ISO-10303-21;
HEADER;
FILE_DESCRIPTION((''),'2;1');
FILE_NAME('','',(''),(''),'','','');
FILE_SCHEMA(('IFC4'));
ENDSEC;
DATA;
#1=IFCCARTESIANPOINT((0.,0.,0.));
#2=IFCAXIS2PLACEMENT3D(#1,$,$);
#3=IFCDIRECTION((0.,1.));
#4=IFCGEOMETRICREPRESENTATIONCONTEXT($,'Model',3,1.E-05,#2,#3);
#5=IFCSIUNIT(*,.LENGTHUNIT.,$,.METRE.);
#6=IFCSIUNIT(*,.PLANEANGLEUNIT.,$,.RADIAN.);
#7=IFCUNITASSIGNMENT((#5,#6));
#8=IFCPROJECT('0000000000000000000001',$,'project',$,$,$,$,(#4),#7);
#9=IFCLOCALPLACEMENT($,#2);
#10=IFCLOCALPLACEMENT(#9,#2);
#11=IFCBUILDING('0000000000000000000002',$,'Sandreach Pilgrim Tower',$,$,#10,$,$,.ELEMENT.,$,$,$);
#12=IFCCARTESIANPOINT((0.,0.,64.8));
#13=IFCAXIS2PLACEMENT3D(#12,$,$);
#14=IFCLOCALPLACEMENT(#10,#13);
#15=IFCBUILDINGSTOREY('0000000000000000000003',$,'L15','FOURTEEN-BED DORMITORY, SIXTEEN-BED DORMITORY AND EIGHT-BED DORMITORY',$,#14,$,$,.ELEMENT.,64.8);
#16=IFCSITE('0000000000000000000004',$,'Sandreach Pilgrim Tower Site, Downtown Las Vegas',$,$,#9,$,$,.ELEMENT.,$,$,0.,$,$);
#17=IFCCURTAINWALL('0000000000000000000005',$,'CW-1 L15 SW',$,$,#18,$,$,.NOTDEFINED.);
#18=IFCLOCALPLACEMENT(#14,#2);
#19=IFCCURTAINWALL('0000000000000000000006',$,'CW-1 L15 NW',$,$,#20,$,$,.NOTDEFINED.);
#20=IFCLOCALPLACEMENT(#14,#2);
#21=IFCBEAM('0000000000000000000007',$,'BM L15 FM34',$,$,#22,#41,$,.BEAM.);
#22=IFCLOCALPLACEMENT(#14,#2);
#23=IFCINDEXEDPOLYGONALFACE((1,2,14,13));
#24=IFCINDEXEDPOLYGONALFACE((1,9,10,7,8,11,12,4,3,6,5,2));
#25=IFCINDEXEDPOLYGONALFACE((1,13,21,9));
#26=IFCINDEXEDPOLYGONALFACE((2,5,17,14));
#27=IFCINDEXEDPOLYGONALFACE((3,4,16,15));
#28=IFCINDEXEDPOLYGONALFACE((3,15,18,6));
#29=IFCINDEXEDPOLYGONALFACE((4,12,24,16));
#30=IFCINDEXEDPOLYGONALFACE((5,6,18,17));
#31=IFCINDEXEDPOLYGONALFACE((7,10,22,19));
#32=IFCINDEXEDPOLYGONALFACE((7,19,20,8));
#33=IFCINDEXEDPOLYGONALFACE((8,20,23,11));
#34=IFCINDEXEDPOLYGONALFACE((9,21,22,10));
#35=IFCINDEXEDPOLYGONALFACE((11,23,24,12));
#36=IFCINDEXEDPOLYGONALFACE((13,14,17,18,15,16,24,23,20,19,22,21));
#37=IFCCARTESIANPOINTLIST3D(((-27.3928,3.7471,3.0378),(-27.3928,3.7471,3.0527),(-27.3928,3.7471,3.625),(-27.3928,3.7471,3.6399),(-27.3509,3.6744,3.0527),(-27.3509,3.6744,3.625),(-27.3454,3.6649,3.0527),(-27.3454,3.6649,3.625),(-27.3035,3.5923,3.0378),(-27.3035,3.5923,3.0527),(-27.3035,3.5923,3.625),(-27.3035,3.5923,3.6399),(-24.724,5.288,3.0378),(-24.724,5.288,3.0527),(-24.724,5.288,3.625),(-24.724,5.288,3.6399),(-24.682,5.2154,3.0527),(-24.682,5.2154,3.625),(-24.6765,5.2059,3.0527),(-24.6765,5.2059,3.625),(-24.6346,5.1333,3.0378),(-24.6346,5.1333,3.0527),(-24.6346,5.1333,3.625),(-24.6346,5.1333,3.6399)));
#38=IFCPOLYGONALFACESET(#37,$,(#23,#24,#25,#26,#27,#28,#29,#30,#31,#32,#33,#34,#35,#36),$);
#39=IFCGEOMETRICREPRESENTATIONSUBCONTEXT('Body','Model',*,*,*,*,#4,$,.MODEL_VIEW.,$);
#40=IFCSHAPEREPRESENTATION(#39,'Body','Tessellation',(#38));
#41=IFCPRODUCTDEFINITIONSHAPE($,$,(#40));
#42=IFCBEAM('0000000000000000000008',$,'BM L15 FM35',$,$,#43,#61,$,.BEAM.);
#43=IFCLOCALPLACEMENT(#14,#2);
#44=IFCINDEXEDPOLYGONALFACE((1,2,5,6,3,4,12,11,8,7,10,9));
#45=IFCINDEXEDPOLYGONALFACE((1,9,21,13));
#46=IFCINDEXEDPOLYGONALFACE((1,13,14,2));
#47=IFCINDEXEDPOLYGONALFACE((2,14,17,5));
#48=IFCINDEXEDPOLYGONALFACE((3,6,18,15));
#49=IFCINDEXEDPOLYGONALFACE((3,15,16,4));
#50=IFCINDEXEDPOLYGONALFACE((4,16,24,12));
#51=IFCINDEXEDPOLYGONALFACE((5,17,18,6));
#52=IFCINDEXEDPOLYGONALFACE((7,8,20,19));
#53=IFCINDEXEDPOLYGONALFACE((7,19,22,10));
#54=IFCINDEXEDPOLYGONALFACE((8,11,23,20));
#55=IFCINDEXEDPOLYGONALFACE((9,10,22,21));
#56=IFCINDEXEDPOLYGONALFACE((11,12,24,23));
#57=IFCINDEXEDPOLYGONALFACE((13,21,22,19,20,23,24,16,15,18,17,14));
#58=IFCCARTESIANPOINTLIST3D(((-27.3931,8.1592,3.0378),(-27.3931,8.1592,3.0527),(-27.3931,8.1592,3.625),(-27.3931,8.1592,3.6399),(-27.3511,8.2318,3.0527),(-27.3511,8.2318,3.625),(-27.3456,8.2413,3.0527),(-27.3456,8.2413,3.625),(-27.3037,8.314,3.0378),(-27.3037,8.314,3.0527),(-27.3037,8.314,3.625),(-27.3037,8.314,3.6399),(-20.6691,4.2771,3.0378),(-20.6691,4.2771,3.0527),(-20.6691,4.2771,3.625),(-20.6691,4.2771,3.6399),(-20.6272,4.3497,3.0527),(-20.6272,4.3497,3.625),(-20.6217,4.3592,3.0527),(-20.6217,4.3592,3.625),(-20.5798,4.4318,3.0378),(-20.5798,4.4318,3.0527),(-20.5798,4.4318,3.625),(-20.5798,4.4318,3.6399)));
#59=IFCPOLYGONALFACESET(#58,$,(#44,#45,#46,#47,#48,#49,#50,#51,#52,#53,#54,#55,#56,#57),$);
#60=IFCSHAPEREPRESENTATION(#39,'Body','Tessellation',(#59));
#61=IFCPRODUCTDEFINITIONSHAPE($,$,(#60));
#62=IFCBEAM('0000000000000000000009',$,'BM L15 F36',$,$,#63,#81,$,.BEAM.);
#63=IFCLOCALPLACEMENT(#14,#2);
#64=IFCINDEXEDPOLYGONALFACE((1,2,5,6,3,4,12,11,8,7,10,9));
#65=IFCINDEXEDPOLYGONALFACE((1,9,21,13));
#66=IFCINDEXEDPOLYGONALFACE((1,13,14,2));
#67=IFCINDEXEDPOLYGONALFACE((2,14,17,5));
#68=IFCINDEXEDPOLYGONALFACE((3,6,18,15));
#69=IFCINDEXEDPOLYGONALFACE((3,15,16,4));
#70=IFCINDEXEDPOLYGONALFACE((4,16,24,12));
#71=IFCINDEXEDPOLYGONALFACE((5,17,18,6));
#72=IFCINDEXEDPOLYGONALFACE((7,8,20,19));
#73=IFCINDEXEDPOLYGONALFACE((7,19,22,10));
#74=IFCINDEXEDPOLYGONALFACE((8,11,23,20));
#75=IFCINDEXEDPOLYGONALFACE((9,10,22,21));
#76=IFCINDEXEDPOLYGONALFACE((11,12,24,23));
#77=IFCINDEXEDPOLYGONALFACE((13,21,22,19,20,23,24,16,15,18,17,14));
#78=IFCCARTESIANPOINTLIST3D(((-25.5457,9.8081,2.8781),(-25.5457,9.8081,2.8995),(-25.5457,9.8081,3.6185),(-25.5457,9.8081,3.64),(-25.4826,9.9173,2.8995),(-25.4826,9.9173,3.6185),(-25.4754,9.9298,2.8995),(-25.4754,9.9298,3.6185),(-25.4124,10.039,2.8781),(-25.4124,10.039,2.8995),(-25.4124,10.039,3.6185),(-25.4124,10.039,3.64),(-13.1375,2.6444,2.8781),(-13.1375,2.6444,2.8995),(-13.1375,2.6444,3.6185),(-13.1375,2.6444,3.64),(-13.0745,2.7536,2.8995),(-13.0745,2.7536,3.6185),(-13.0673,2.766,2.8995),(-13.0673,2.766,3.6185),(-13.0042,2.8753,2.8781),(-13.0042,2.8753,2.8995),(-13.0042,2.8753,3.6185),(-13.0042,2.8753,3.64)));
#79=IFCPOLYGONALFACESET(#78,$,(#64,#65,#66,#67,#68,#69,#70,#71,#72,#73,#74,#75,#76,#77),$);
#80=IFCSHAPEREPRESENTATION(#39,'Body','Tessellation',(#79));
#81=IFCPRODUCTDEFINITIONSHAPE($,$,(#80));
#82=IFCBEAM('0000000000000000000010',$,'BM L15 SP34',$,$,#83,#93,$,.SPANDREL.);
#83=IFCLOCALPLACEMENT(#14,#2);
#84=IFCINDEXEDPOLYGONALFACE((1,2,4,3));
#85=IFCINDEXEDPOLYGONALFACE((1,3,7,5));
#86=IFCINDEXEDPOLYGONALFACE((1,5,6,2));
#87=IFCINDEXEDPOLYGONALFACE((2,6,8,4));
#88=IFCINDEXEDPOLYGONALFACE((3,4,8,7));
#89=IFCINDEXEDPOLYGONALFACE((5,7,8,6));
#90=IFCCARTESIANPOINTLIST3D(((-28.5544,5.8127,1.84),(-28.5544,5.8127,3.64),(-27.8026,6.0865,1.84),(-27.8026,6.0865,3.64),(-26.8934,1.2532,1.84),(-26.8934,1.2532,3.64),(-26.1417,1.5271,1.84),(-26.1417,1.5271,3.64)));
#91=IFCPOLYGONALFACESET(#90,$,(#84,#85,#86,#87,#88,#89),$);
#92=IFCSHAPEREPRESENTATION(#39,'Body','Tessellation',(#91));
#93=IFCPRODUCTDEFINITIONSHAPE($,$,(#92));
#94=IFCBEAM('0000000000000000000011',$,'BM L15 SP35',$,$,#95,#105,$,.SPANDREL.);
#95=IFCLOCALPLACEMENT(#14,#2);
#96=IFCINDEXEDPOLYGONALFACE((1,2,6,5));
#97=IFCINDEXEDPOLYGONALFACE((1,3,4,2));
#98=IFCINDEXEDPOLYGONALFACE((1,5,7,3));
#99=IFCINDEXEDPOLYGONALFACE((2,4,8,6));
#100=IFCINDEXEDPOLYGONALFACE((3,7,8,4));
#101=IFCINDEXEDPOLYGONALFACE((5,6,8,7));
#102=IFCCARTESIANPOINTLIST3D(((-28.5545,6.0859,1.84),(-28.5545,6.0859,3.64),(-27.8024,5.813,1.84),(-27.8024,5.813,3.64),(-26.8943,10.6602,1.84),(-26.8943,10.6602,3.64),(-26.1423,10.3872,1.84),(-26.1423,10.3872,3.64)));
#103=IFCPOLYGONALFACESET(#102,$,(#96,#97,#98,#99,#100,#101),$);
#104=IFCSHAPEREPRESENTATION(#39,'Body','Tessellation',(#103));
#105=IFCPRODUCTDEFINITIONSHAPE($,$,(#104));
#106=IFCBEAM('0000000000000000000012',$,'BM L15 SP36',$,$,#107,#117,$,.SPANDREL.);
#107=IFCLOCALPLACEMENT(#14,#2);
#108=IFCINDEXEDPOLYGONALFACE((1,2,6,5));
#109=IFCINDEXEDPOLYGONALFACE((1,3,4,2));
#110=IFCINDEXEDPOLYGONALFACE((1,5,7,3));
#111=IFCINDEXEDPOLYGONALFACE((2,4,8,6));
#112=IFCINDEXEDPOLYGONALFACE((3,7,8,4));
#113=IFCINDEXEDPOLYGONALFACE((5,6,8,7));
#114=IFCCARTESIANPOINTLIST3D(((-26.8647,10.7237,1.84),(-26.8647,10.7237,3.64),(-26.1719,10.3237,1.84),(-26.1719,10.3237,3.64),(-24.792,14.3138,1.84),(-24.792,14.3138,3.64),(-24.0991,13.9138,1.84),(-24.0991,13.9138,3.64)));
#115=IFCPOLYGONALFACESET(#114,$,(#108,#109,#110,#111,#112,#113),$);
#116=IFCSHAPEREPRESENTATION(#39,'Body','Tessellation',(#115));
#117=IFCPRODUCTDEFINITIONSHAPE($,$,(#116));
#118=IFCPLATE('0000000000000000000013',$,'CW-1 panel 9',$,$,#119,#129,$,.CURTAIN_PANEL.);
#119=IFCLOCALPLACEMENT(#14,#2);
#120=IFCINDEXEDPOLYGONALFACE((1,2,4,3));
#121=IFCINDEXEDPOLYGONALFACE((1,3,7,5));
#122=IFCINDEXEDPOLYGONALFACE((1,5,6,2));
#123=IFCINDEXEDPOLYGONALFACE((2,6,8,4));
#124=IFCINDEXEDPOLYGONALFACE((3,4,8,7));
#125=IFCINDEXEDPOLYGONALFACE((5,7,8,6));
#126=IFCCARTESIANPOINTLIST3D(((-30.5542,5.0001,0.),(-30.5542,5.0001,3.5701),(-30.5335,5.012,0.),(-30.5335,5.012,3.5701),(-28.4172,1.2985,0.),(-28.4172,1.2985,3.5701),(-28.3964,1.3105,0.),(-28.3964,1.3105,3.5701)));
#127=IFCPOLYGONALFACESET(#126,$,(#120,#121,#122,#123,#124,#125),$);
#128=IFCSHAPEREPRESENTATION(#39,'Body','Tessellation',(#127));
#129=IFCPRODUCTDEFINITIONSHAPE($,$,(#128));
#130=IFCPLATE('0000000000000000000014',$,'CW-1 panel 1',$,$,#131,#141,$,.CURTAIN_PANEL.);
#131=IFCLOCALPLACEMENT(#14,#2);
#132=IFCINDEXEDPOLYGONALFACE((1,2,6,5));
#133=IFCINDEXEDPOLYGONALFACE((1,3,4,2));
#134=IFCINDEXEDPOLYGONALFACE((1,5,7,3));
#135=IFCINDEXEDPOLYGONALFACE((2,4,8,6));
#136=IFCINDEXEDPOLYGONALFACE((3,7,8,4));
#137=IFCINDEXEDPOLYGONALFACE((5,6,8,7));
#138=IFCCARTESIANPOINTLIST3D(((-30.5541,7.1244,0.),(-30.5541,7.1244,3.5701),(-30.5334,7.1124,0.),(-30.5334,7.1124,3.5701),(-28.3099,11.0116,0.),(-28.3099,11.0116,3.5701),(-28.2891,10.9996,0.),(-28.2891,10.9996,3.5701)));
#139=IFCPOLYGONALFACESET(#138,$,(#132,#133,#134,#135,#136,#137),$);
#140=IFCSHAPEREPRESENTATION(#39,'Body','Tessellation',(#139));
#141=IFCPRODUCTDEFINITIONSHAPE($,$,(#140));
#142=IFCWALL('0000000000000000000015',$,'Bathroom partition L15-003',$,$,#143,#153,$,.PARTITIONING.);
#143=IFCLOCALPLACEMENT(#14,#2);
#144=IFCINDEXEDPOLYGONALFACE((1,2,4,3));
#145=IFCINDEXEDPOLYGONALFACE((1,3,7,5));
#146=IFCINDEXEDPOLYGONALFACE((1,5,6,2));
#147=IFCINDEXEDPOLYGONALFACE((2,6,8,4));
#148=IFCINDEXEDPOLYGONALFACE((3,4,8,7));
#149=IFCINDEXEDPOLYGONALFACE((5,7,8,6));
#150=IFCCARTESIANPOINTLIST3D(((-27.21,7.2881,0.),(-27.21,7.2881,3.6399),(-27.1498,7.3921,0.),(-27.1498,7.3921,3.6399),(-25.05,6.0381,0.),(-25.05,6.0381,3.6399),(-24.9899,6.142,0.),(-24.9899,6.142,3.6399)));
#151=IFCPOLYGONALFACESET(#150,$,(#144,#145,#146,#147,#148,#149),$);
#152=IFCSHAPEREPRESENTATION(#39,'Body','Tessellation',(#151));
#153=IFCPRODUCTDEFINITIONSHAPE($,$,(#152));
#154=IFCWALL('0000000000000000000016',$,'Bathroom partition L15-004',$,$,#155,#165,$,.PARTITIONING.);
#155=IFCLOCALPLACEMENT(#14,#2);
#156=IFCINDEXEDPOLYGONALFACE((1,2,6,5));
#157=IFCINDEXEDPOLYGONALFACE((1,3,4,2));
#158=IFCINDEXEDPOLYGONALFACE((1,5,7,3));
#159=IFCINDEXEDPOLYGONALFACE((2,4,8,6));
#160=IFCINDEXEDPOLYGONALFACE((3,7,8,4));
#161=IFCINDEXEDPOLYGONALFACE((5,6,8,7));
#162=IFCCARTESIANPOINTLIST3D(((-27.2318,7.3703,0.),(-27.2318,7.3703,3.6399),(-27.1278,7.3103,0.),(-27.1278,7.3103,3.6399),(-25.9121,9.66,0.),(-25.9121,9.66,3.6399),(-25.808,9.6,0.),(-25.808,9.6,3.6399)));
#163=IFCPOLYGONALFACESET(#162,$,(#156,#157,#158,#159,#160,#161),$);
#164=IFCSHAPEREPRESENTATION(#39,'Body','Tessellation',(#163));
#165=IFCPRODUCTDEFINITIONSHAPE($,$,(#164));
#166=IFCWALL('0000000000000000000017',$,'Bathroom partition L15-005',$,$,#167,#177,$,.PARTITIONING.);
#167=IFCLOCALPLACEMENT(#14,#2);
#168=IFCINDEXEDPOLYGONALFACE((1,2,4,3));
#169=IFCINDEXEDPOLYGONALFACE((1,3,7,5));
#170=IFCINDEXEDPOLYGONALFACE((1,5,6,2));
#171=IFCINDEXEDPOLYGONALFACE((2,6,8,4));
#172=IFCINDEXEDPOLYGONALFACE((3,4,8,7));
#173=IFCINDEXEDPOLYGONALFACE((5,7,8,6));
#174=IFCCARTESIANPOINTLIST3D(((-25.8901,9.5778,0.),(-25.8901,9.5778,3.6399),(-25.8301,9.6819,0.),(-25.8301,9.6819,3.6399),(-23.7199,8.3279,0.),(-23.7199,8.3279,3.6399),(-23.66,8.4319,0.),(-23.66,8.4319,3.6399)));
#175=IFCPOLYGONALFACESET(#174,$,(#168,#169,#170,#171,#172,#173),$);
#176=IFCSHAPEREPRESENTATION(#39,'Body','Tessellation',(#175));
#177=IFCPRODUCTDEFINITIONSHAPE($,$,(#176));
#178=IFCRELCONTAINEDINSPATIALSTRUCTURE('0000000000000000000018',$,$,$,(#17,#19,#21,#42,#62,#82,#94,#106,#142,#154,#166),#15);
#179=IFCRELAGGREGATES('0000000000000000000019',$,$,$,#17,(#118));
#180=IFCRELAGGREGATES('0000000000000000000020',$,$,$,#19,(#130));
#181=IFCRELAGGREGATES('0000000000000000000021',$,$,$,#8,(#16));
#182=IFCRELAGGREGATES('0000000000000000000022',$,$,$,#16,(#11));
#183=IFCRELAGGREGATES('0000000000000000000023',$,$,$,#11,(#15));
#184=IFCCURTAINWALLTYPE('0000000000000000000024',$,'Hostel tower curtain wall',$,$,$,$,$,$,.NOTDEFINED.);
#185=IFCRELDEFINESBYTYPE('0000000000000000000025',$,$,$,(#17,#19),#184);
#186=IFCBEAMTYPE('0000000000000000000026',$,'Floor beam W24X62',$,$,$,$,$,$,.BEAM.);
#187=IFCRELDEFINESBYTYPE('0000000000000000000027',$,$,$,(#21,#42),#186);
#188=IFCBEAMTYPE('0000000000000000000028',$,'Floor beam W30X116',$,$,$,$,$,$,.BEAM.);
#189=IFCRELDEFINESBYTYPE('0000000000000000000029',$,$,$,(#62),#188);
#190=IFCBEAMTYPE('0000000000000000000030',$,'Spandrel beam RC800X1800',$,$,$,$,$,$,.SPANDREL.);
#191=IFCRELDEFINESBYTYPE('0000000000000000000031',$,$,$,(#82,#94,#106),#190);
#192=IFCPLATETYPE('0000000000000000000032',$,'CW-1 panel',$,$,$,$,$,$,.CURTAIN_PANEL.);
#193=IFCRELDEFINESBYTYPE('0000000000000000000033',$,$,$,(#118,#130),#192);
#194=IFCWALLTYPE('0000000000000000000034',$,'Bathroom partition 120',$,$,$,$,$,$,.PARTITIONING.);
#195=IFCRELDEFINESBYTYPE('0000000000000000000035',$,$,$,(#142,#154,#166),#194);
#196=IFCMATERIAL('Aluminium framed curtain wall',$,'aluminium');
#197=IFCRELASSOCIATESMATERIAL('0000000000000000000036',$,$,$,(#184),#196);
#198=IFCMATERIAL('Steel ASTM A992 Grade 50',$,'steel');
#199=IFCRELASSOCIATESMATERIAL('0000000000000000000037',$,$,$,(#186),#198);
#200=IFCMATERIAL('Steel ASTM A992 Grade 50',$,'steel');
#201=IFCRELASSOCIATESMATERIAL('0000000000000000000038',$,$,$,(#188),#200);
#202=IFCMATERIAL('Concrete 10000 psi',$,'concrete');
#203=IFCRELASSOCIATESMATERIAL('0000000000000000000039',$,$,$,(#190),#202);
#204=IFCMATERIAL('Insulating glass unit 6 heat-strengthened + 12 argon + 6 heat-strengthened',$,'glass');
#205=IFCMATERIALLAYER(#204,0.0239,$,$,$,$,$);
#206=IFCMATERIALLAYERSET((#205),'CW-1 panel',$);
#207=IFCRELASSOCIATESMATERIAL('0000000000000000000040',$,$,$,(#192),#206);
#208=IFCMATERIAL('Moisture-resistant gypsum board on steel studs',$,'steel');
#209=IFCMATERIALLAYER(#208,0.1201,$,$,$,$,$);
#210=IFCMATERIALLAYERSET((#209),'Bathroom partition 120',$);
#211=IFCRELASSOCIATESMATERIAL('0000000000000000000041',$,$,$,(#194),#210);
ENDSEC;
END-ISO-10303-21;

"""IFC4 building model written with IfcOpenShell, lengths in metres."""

from ifc_helpers import new_model, si_unit, direction, frame, frame_2d, origin, origin_2d, place, context, subcontext, project, spatial, rectangle, i_section, extrude, material, layer, layer_set, material_profile, profile_set, type_object, element, aggregate, save


model = new_model("IFC4")

# Units and contexts
model_context = context("Model", 3, precision=1e-05, world=origin(), true_north=direction((0.0, 1.0)))
body_context = subcontext(model_context, "Body", "Model", "MODEL_VIEW")
ifc_project = project(units=[si_unit("LENGTHUNIT", "METRE"), si_unit("PLANEANGLEUNIT", "RADIAN")], contexts=[model_context])

# Site, building, storey
site_placement = place(None, origin())
site = spatial("IfcSite", under=ifc_project, at=site_placement, Name="Sandreach Pilgrim Tower Site, Downtown Las Vegas", CompositionType="ELEMENT", RefElevation=0.0)
building_placement = place(site_placement, origin())
building = spatial("IfcBuilding", under=site, at=building_placement, Name="Sandreach Pilgrim Tower", CompositionType="ELEMENT")
storey_placement = place(building_placement, frame((0.0, 0.0, 64.8)))
storey = spatial("IfcBuildingStorey", under=building, at=storey_placement, Name="L15", Description="FOURTEEN-BED DORMITORY, SIXTEEN-BED DORMITORY AND EIGHT-BED DORMITORY", CompositionType="ELEMENT", Elevation=64.8)

# Curtain wall
ifc_material_1 = material(Name="Aluminium framed curtain wall", Category="aluminium")
curtain_wall_type = type_object("IfcCurtainWallType", Name="Hostel tower curtain wall", PredefinedType="NOTDEFINED", material=ifc_material_1)
curtain_wall_1_placement = place(storey_placement, origin())
curtain_wall_1 = element("IfcCurtainWall", 1, at=curtain_wall_1_placement, inside=storey, type_object=curtain_wall_type, Name="CW-1 L15 SW", PredefinedType="NOTDEFINED")

# Curtain wall
curtain_wall_2_placement = place(storey_placement, origin())
curtain_wall_2 = element("IfcCurtainWall", 2, at=curtain_wall_2_placement, inside=storey, type_object=curtain_wall_type, Name="CW-1 L15 NW", PredefinedType="NOTDEFINED")

# Beams
ifc_material_2 = material(Name="Steel ASTM A992 Grade 50", Category="steel")
ifc_material_profile_1 = material_profile(ifc_material_2, i_section(OverallWidth=0.1787, OverallDepth=0.6021, WebThickness=0.011, FlangeThickness=0.0149, at=origin_2d()), Name="W24X62")
ifc_profile_set_1 = profile_set([ifc_material_profile_1], Name="Steel ASTM A992 Grade 50")
beam_type_1 = type_object("IfcBeamType", Name="Floor beam W24X62", PredefinedType="BEAM", material=ifc_profile_set_1)
beam_1_placement = place(storey_placement, frame((-27.3481, 3.6697, 3.3389), z_axis=(0.866011, 0.500024, 0.0), x_axis=(-0.500024, 0.866011, 0.0)))
element("IfcBeam", 3, at=beam_1_placement, inside=storey, type_object=beam_type_1, Name="BM L15 FM34", PredefinedType="BEAM", context=body_context, shape_type="SweptSolid", body=[
    extrude(i_section(OverallWidth=0.1787, OverallDepth=0.6021, WebThickness=0.011, FlangeThickness=0.0149, at=origin_2d()), origin(), (0.0, 0.0, 1.0), 3.0818),
])
beam_2_placement = place(storey_placement, frame((-27.3484, 8.2366, 3.3389), z_axis=(0.866023, -0.500005, 0.0), x_axis=(0.500005, 0.866023, 0.0)))
element("IfcBeam", 4, at=beam_2_placement, inside=storey, type_object=beam_type_1, Name="BM L15 FM35", PredefinedType="BEAM", context=body_context, shape_type="SweptSolid", body=[
    extrude(i_section(OverallWidth=0.1787, OverallDepth=0.6021, WebThickness=0.011, FlangeThickness=0.0149, at=origin_2d()), origin(), (0.0, 0.0, 1.0), 7.7642),
])
ifc_material_3 = material(Name="Steel ASTM A992 Grade 50", Category="steel")
ifc_material_profile_2 = material_profile(ifc_material_3, i_section(OverallWidth=0.2666, OverallDepth=0.762, WebThickness=0.0144, FlangeThickness=0.0215, at=origin_2d()), Name="W30X116")
ifc_profile_set_2 = profile_set([ifc_material_profile_2], Name="Steel ASTM A992 Grade 50")
beam_type_2 = type_object("IfcBeamType", Name="Floor beam W30X116", PredefinedType="BEAM", material=ifc_profile_set_2)
beam_3_placement = place(storey_placement, frame((-25.479, 9.9236, 3.259), z_axis=(0.866027, -0.499997, 0.0), x_axis=(0.499997, 0.866027, 0.0)))
element("IfcBeam", 5, at=beam_3_placement, inside=storey, type_object=beam_type_2, Name="BM L15 F36", PredefinedType="BEAM", context=body_context, shape_type="SweptSolid", body=[
    extrude(i_section(OverallWidth=0.2666, OverallDepth=0.762, WebThickness=0.0144, FlangeThickness=0.0215, at=origin_2d()), origin(), (0.0, 0.0, 1.0), 14.3276),
])
ifc_material_4 = material(Name="Concrete 10000 psi", Category="concrete")
ifc_material_profile_3 = material_profile(ifc_material_4, rectangle(XDim=0.8, YDim=1.8, at=origin_2d()), Name="RC800X1800")
ifc_profile_set_3 = profile_set([ifc_material_profile_3], Name="Concrete 10000 psi")
beam_type_3 = type_object("IfcBeamType", Name="Spandrel beam RC800X1800", PredefinedType="SPANDREL", material=ifc_profile_set_3)
beam_4_placement = place(storey_placement, frame((-26.5176, 1.3901, 2.74), z_axis=(-0.34228, 0.939598, 0.0), x_axis=(-0.939598, -0.34228, 0.0)))
element("IfcBeam", 6, at=beam_4_placement, inside=storey, type_object=beam_type_3, Name="BM L15 SP34", PredefinedType="SPANDREL", context=body_context, shape_type="SweptSolid", body=[
    extrude(rectangle(XDim=0.8, YDim=1.8, at=origin_2d()), origin(), (0.0, 0.0, 1.0), 4.8525),
])
beam_5_placement = place(storey_placement, frame((-28.1785, 5.9495, 2.74), z_axis=(0.341163, 0.940004, 0.0), x_axis=(-0.940004, 0.341163, 0.0)))
element("IfcBeam", 7, at=beam_5_placement, inside=storey, type_object=beam_type_3, Name="BM L15 SP35", PredefinedType="SPANDREL", context=body_context, shape_type="SweptSolid", body=[
    extrude(rectangle(XDim=0.8, YDim=1.8, at=origin_2d()), origin(), (0.0, 0.0, 1.0), 4.8662),
])
beam_6_placement = place(storey_placement, frame((-26.5183, 10.5237, 2.74), z_axis=(0.500003, 0.866024, 0.0), x_axis=(-0.866024, 0.500003, 0.0)))
element("IfcBeam", 8, at=beam_6_placement, inside=storey, type_object=beam_type_3, Name="BM L15 SP36", PredefinedType="SPANDREL", context=body_context, shape_type="SweptSolid", body=[
    extrude(rectangle(XDim=0.8, YDim=1.8, at=origin_2d()), origin(), (0.0, 0.0, 1.0), 4.1455),
])

# Plates
ifc_material_5 = material(Name="Insulating glass unit 6 heat-strengthened + 12 argon + 6 heat-strengthened", Category="glass")
ifc_layer_1 = layer(ifc_material_5, 0.0239)
ifc_layer_set_1 = layer_set([ifc_layer_1], Name="CW-1 panel")
plate_type = type_object("IfcPlateType", Name="CW-1 panel", PredefinedType="CURTAIN_PANEL", material=ifc_layer_set_1)
plate_1_placement = place(storey_placement, frame((-29.4753, 3.1553, 0.0), z_axis=(0.0, 0.0, 1.0), x_axis=(-0.5, 0.866025, 0.0)))
plate_1 = element("IfcPlate", 9, at=plate_1_placement, type_object=plate_type, Name="CW-1 panel 9", PredefinedType="CURTAIN_PANEL", context=body_context, shape_type="SweptSolid", body=[
    extrude(rectangle(XDim=4.2742, YDim=0.0239, at=origin_2d()), origin(), (0.0, 0.0, 1.0), 3.5701),
])
aggregate(curtain_wall_1, [plate_1])
plate_2_placement = place(storey_placement, frame((-29.4216, 9.062, 0.0), z_axis=(0.0, 0.0, 1.0), x_axis=(0.5, 0.866025, 0.0)))
plate_2 = element("IfcPlate", 10, at=plate_2_placement, type_object=plate_type, Name="CW-1 panel 1", PredefinedType="CURTAIN_PANEL", context=body_context, shape_type="SweptSolid", body=[
    extrude(rectangle(XDim=4.4885, YDim=0.0239, at=origin_2d()), origin(), (0.0, 0.0, 1.0), 3.5701),
])
aggregate(curtain_wall_2, [plate_2])

# Walls
ifc_material_6 = material(Name="Moisture-resistant gypsum board on steel studs", Category="steel")
ifc_layer_2 = layer(ifc_material_6, 0.1201)
ifc_layer_set_2 = layer_set([ifc_layer_2], Name="Bathroom partition 120")
wall_type_1 = type_object("IfcWallType", Name="Bathroom partition 120", PredefinedType="PARTITIONING", material=ifc_layer_set_2)
wall_1_placement = place(storey_placement, frame((-27.1799, 7.3401, 0.0), z_axis=(0.0, 0.0, 1.0), x_axis=(0.865509, -0.500894, 0.0)))
element("IfcWall", 11, at=wall_1_placement, inside=storey, type_object=wall_type_1, Name="Bathroom partition L15-003", PredefinedType="PARTITIONING", context=body_context, shape_type="SweptSolid", body=[
    extrude(rectangle(XDim=2.4956, YDim=0.1201, at=frame_2d((1.2478, 0.0))), origin(), (0.0, 0.0, 1.0), 3.6399),
])
wall_2_placement = place(storey_placement, frame((-25.8601, 9.6299, 0.0), z_axis=(0.0, 0.0, 1.0), x_axis=(-0.499379, -0.866384, 0.0)))
element("IfcWall", 12, at=wall_2_placement, inside=storey, type_object=wall_type_1, Name="Bathroom partition L15-004", PredefinedType="PARTITIONING", context=body_context, shape_type="SweptSolid", body=[
    extrude(rectangle(XDim=2.6428, YDim=0.1201, at=frame_2d((1.3213, 0.0))), origin(), (0.0, 0.0, 1.0), 3.6399),
])
wall_3_placement = place(storey_placement, frame((-25.8601, 9.6299, 0.0), z_axis=(0.0, 0.0, 1.0), x_axis=(0.866534, -0.499118, 0.0)))
element("IfcWall", 13, at=wall_3_placement, inside=storey, type_object=wall_type_1, Name="Bathroom partition L15-005", PredefinedType="PARTITIONING", context=body_context, shape_type="SweptSolid", body=[
    extrude(rectangle(XDim=2.5044, YDim=0.1201, at=frame_2d((1.2522, 0.0))), origin(), (0.0, 0.0, 1.0), 3.6399),
])

save(model, "model.ifc")
